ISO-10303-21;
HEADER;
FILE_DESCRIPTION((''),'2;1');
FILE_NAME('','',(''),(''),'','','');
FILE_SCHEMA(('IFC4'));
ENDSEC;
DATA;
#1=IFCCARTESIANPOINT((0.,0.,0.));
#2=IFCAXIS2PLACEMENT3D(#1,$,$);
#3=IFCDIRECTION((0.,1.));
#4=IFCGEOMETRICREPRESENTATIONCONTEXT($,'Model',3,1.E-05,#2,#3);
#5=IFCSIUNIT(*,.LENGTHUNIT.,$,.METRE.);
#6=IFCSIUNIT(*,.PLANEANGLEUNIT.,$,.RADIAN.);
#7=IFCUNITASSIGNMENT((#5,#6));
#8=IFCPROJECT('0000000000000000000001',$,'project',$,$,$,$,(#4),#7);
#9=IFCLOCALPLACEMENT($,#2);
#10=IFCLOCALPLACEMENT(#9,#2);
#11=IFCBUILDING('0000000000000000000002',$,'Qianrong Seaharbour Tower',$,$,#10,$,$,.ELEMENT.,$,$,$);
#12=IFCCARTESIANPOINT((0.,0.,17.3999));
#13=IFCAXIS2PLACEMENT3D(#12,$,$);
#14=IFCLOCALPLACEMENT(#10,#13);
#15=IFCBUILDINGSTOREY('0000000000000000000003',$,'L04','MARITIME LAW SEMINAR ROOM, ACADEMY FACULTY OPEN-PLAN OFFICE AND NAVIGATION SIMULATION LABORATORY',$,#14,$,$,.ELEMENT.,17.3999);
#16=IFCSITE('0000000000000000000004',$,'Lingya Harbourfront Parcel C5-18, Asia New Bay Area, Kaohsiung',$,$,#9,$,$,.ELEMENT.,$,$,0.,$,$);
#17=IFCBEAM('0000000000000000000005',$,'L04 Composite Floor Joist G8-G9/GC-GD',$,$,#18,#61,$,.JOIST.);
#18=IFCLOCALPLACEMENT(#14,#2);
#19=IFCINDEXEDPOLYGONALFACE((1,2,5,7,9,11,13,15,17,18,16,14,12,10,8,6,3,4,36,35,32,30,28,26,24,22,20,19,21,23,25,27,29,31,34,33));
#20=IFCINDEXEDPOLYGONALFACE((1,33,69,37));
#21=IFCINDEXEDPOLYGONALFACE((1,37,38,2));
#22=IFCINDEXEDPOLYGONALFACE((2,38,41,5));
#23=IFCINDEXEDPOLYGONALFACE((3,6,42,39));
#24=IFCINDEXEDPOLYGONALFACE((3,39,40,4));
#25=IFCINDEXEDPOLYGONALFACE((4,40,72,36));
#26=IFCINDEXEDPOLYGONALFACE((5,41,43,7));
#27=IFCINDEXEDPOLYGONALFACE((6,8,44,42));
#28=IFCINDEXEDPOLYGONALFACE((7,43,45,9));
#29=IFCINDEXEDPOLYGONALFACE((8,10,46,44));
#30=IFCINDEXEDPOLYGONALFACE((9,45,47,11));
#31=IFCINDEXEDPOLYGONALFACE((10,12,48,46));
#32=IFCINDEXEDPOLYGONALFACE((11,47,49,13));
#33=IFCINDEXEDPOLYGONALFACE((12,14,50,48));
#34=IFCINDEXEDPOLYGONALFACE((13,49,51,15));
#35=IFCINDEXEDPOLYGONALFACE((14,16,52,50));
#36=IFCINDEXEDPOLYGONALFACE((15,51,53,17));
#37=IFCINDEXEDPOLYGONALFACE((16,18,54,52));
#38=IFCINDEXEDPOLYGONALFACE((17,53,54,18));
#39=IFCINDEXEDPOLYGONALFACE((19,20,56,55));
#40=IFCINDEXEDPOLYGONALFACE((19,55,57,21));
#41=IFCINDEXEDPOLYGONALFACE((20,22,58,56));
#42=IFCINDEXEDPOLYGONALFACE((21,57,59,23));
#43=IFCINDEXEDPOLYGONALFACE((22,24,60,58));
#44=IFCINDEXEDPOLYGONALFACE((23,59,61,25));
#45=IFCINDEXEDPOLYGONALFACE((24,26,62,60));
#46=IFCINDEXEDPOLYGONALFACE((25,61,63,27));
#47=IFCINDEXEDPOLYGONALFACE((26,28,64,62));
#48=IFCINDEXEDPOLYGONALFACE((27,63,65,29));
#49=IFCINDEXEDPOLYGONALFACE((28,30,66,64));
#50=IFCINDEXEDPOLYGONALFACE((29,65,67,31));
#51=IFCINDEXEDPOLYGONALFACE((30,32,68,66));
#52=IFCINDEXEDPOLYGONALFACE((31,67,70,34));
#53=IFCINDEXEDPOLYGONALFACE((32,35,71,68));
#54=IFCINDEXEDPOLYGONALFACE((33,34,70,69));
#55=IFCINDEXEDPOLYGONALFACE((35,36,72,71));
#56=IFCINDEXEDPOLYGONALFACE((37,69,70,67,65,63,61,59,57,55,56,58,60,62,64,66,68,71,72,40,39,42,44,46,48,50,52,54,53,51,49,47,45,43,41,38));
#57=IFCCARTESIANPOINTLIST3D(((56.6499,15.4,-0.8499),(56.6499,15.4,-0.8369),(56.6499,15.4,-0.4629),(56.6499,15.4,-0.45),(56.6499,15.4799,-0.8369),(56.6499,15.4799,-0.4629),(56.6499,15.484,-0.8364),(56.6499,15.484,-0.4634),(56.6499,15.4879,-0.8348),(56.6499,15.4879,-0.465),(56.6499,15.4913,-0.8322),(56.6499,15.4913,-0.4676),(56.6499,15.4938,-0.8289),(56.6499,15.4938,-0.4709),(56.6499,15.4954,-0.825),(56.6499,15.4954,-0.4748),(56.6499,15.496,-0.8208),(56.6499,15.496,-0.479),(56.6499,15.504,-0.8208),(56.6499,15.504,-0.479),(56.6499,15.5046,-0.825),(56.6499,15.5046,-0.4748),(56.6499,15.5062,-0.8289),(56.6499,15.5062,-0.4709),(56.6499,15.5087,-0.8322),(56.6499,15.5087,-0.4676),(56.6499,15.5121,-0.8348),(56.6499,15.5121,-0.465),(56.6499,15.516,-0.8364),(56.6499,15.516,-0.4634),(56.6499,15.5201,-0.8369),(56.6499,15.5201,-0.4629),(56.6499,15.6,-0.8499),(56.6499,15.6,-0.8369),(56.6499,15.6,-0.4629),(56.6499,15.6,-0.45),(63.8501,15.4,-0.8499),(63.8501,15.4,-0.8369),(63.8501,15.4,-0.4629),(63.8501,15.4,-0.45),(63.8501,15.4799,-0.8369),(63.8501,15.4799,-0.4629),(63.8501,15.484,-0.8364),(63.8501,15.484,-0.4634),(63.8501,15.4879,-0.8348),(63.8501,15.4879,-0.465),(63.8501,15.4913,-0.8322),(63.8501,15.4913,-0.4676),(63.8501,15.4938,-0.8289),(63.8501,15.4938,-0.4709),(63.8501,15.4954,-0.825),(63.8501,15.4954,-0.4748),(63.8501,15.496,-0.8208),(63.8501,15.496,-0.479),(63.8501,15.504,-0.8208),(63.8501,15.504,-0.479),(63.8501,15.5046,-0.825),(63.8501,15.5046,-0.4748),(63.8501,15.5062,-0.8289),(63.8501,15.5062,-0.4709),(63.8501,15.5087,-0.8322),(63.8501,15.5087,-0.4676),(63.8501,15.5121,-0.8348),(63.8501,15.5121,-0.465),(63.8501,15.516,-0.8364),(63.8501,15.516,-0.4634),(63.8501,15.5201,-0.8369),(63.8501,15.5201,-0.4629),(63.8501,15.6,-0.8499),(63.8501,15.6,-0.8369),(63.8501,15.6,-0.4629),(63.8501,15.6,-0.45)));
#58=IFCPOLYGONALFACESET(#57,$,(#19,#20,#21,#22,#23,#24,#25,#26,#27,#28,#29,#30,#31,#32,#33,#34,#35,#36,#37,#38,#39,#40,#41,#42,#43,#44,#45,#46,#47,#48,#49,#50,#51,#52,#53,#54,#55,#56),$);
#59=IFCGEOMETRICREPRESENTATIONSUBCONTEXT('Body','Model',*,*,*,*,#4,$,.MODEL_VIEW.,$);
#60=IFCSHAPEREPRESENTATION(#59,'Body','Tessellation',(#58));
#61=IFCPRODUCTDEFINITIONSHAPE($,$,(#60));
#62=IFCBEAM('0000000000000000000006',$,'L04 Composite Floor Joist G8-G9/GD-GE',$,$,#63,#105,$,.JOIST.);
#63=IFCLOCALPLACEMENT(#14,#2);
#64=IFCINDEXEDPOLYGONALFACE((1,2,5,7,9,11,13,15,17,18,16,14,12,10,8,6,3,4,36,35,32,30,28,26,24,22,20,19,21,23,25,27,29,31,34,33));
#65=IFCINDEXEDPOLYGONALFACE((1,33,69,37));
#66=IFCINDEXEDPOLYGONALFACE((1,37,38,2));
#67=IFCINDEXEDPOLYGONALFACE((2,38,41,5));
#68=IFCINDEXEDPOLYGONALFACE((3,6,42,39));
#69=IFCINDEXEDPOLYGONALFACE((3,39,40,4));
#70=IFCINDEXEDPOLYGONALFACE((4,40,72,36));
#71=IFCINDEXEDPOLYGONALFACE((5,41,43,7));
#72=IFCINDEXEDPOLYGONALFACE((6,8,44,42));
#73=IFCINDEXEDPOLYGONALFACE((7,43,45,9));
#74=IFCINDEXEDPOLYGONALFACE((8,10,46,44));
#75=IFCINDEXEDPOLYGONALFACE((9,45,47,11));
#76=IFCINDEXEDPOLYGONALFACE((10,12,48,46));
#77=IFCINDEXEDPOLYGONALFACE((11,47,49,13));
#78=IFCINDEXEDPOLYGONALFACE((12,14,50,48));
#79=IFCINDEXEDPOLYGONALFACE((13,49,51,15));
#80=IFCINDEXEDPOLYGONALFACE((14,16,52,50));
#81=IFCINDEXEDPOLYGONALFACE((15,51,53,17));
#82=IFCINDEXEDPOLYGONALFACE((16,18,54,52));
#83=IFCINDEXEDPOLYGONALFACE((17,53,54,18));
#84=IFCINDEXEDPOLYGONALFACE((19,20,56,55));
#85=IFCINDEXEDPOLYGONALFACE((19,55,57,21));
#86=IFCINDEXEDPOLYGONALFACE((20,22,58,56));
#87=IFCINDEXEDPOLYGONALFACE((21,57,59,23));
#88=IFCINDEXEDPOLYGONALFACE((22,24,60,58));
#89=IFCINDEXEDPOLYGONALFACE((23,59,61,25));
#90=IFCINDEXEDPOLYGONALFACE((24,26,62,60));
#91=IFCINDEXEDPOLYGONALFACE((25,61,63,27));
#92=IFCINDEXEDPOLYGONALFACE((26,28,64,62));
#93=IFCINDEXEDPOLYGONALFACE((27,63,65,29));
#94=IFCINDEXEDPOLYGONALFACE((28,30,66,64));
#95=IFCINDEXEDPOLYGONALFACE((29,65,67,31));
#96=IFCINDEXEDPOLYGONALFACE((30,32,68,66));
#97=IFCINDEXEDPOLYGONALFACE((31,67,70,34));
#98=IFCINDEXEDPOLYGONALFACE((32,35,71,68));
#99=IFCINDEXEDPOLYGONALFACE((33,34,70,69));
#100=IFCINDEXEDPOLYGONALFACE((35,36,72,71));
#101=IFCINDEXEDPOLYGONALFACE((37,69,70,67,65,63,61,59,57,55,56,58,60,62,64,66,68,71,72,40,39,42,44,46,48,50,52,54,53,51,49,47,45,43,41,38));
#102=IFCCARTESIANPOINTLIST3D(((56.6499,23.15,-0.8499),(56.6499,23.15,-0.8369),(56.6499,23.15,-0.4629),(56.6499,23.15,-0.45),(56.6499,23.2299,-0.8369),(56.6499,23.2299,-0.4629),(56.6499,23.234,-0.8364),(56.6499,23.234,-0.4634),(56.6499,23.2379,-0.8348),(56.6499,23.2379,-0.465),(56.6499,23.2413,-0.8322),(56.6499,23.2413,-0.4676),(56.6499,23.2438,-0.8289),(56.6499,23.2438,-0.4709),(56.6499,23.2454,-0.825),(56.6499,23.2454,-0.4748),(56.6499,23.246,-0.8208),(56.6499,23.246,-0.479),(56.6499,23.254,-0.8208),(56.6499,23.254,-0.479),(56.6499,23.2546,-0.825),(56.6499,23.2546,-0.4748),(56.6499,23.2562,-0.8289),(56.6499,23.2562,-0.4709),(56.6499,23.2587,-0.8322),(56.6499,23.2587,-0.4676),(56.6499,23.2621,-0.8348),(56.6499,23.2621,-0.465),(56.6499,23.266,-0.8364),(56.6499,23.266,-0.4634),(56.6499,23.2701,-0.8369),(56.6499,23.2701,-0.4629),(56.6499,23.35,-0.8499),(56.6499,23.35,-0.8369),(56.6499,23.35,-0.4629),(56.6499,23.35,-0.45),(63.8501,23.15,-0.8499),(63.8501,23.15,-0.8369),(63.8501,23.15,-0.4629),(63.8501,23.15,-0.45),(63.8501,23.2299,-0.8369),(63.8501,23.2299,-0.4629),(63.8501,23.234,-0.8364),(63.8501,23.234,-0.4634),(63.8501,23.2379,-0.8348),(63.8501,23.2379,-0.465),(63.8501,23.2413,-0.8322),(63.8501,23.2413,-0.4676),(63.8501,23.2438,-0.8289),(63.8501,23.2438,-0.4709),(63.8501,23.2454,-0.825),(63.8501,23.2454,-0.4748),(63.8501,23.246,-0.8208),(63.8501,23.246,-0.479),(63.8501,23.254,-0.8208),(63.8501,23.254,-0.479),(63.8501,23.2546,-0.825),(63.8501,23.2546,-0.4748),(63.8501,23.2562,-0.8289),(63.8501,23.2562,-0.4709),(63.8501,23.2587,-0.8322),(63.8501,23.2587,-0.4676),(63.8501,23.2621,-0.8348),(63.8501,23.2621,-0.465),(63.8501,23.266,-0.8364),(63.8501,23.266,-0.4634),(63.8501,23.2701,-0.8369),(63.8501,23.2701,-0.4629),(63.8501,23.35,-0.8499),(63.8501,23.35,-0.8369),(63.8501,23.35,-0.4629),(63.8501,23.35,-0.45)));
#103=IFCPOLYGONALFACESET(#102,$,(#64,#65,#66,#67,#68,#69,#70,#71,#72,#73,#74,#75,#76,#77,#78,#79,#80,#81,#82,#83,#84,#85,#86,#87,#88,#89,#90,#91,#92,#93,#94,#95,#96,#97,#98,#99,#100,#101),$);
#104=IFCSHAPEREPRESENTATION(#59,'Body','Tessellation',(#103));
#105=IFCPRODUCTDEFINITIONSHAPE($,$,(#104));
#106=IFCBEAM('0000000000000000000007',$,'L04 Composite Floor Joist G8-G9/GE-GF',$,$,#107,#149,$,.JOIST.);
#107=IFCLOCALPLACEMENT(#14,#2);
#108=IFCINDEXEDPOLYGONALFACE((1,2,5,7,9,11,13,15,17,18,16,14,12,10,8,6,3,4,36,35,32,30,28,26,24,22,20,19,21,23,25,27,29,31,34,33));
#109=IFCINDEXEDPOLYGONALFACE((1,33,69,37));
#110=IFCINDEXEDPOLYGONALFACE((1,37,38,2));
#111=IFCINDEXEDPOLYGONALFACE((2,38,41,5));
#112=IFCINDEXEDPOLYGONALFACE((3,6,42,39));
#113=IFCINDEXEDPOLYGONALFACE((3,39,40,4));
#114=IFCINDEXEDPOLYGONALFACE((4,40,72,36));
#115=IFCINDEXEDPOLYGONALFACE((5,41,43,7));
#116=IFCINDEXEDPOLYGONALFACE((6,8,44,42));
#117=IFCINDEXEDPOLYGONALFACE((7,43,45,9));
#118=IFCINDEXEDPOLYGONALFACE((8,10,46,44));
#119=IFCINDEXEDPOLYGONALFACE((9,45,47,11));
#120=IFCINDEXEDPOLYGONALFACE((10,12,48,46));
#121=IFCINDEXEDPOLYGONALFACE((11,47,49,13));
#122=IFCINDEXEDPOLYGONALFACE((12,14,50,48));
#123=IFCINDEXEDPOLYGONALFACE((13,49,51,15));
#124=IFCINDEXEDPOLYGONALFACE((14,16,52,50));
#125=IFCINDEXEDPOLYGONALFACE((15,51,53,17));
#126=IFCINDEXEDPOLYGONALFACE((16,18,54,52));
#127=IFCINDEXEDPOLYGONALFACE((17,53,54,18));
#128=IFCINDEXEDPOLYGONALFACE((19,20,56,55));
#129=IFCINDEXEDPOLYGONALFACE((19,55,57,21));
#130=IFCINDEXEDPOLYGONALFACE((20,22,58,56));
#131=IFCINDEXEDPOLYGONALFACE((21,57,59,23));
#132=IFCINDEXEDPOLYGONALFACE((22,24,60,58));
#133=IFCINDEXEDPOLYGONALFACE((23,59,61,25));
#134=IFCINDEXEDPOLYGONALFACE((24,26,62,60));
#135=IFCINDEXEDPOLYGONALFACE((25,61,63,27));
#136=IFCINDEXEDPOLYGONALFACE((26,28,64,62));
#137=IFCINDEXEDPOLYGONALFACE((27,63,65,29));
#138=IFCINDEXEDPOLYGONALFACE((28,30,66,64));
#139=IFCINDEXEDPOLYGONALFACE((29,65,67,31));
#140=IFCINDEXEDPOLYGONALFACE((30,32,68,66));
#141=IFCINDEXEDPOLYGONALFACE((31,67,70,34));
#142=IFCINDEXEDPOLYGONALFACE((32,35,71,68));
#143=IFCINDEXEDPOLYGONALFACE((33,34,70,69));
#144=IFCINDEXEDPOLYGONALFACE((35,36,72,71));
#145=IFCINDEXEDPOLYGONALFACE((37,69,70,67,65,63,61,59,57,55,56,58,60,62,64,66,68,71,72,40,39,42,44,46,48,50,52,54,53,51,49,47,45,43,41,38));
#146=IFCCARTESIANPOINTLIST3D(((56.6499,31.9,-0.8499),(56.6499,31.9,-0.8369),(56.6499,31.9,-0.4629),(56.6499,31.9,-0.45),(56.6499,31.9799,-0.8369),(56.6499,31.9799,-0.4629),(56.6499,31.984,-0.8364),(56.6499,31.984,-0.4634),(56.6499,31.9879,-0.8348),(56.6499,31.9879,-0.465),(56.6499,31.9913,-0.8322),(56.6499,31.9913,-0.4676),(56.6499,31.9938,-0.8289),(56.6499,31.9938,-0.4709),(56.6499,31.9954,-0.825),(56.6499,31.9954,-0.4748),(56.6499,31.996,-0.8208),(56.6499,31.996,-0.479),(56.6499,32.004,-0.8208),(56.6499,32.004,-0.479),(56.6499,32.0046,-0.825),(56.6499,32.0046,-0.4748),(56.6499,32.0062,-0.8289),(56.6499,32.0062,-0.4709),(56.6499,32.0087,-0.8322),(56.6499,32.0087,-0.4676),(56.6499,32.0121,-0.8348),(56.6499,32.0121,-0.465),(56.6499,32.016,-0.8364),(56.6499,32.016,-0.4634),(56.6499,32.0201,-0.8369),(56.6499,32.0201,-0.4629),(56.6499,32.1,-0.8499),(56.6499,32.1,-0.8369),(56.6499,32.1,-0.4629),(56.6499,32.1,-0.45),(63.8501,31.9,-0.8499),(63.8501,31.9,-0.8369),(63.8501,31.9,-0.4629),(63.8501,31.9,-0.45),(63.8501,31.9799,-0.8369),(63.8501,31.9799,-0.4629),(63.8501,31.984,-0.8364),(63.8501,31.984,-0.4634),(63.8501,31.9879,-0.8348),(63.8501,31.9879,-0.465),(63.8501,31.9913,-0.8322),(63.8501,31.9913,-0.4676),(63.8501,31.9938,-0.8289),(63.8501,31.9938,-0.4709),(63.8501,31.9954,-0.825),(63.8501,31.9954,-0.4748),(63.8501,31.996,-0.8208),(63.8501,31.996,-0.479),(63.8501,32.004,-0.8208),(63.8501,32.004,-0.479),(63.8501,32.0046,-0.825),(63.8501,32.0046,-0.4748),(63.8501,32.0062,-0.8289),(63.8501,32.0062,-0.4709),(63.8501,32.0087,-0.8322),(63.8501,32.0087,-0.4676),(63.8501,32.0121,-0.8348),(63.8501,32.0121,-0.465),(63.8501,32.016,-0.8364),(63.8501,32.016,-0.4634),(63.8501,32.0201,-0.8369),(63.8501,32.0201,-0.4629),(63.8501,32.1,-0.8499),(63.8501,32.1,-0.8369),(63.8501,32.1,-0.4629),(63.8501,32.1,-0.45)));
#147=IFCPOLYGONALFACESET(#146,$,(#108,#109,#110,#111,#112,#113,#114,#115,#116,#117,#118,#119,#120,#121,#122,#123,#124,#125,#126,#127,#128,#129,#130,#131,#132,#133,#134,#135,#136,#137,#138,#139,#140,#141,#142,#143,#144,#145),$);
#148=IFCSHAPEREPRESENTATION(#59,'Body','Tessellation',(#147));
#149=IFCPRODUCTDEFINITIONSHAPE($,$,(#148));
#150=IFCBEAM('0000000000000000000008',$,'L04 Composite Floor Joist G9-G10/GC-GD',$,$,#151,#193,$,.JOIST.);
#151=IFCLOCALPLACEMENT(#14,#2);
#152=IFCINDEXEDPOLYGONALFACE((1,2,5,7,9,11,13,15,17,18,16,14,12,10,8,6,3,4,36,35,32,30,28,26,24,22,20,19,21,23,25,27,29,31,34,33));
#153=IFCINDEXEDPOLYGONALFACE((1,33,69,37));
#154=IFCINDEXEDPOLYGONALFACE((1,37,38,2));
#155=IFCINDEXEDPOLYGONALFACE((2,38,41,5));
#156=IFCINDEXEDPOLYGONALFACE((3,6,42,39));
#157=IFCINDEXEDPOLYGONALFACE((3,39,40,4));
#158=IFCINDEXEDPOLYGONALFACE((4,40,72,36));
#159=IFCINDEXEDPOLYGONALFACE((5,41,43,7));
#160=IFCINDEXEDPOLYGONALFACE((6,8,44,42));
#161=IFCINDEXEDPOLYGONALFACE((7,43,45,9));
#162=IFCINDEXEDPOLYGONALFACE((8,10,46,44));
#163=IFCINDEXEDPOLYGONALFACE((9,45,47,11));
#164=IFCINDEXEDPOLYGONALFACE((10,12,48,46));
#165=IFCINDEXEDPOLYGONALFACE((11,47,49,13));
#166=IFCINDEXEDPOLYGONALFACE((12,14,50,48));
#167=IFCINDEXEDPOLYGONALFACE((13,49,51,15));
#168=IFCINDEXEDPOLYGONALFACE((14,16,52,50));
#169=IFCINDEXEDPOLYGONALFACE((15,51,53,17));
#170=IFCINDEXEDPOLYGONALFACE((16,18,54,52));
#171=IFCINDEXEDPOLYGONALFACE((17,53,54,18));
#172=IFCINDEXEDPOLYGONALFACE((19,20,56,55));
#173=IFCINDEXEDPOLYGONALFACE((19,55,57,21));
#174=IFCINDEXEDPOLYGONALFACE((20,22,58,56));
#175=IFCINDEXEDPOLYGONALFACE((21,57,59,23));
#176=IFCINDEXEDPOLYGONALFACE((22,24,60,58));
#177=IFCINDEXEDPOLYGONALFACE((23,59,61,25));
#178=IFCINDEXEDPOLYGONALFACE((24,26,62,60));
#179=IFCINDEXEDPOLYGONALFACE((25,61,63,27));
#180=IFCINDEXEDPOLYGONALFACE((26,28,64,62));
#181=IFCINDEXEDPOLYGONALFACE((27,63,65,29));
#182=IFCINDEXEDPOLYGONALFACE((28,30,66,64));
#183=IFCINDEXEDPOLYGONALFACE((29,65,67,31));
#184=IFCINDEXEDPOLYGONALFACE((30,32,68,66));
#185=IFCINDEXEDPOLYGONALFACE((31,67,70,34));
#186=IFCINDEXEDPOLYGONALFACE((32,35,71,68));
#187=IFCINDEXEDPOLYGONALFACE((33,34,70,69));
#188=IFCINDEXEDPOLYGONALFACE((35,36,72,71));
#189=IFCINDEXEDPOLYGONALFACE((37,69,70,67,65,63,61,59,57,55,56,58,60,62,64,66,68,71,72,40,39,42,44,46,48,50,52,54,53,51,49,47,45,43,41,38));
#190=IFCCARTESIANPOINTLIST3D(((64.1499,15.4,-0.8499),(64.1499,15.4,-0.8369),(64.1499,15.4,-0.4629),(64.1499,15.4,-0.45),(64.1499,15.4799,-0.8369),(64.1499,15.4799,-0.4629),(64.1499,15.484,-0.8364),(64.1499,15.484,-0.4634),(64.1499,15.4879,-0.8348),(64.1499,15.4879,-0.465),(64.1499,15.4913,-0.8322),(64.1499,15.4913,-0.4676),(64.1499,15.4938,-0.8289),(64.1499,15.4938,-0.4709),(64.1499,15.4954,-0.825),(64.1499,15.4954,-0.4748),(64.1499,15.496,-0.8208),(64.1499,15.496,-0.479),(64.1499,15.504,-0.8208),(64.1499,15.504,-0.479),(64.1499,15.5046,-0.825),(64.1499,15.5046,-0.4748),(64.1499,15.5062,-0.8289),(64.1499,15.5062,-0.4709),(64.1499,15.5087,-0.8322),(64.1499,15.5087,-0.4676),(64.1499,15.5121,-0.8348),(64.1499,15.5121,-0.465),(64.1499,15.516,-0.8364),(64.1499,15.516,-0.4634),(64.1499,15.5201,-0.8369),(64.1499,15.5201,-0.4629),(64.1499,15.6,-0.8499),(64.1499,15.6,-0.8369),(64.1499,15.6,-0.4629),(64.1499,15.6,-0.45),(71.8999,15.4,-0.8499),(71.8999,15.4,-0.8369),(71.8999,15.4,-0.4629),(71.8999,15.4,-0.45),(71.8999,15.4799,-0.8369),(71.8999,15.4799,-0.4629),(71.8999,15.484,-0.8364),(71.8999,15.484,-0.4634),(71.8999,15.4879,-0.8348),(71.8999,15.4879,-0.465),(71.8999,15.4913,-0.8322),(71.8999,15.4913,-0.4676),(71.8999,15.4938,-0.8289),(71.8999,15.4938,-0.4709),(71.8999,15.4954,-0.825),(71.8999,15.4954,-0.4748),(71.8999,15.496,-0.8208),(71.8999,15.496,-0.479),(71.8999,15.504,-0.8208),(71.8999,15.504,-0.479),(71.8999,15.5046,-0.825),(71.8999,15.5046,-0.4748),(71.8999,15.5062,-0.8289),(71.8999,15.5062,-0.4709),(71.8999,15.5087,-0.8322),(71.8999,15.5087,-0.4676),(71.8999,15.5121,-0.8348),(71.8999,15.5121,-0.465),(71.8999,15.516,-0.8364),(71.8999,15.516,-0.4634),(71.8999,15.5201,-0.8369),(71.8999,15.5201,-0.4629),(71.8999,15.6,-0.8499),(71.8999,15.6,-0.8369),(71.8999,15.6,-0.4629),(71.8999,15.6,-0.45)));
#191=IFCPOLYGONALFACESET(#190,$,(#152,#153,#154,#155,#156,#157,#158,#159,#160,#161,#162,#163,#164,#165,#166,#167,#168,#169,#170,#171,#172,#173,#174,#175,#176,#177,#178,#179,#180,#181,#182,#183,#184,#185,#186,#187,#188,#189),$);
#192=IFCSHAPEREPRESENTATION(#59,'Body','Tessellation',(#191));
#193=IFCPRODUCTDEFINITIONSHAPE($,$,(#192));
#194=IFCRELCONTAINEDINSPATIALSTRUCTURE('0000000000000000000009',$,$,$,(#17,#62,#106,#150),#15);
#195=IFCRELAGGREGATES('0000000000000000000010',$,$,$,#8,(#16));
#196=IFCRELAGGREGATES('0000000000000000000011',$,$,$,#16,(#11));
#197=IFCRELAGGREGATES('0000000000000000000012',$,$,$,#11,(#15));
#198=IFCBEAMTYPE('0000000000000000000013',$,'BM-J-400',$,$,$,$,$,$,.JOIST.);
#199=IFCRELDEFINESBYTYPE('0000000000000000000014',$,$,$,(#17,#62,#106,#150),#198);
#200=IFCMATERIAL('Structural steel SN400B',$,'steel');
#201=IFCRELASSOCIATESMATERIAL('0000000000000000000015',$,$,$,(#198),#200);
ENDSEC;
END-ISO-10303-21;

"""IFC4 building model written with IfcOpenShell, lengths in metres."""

from ifc_helpers import new_model, si_unit, direction, frame, origin, origin_2d, place, context, subcontext, project, spatial, i_section, extrude, material, material_profile, profile_set, type_object, element, save


model = new_model("IFC4")

# Units and contexts
model_context = context("Model", 3, precision=1e-05, world=origin(), true_north=direction((0.0, 1.0)))
body_context = subcontext(model_context, "Body", "Model", "MODEL_VIEW")
ifc_project = project(units=[si_unit("LENGTHUNIT", "METRE"), si_unit("PLANEANGLEUNIT", "RADIAN")], contexts=[model_context])

# Site, building, storey
site_placement = place(None, origin())
site = spatial("IfcSite", under=ifc_project, at=site_placement, Name="Lingya Harbourfront Parcel C5-18, Asia New Bay Area, Kaohsiung", CompositionType="ELEMENT", RefElevation=0.0)
building_placement = place(site_placement, origin())
building = spatial("IfcBuilding", under=site, at=building_placement, Name="Qianrong Seaharbour Tower", CompositionType="ELEMENT")
storey_placement = place(building_placement, frame((0.0, 0.0, 17.3999)))
storey = spatial("IfcBuildingStorey", under=building, at=storey_placement, Name="L04", Description="MARITIME LAW SEMINAR ROOM, ACADEMY FACULTY OPEN-PLAN OFFICE AND NAVIGATION SIMULATION LABORATORY", CompositionType="ELEMENT", Elevation=17.3999)

# Beams
ifc_material_1 = material(Name="Structural steel SN400B", Category="steel")
ifc_material_profile_1 = material_profile(ifc_material_1, i_section(OverallWidth=0.2, OverallDepth=0.3999, WebThickness=0.0081, FlangeThickness=0.0129, FilletRadius=0.0161, at=origin_2d()), Name="H400x200x8x13")
ifc_profile_set_1 = profile_set([ifc_material_profile_1], Name="Structural steel SN400B")
beam_type_1 = type_object("IfcBeamType", Name="BM-J-400", PredefinedType="JOIST", material=ifc_profile_set_1)
for number, where, z_axis, x_axis, name in (
    (1, (56.6499, 15.5, -0.6499), (1.0, 0.0, 0.0), (0.0, 1.0, 0.0), "L04 Composite Floor Joist G8-G9/GC-GD"),
    (2, (56.6499, 23.25, -0.6499), (1.0, 0.0, 0.0), (0.0, 1.0, 0.0), "L04 Composite Floor Joist G8-G9/GD-GE"),
    (3, (56.6499, 32.0, -0.6499), (1.0, 0.0, 0.0), (0.0, 1.0, 0.0), "L04 Composite Floor Joist G8-G9/GE-GF"),
):
    element("IfcBeam", number, at=place(storey_placement, frame(where, z_axis=z_axis, x_axis=x_axis)), inside=storey, type_object=beam_type_1, Name=name, PredefinedType="JOIST", context=body_context, shape_type="SweptSolid", body=[
        extrude(i_section(OverallWidth=0.2, OverallDepth=0.3999, WebThickness=0.0081, FlangeThickness=0.0129, FilletRadius=0.0161, at=origin_2d()), origin(), (0.0, 0.0, 1.0), 7.2002),
    ])
for number, where, z_axis, x_axis, name in (
    (4, (64.1499, 15.5, -0.6499), (1.0, 0.0, 0.0), (0.0, 1.0, 0.0), "L04 Composite Floor Joist G9-G10/GC-GD"),
):
    element("IfcBeam", number, at=place(storey_placement, frame(where, z_axis=z_axis, x_axis=x_axis)), inside=storey, type_object=beam_type_1, Name=name, PredefinedType="JOIST", context=body_context, shape_type="SweptSolid", body=[
        extrude(i_section(OverallWidth=0.2, OverallDepth=0.3999, WebThickness=0.0081, FlangeThickness=0.0129, FilletRadius=0.0161, at=origin_2d()), origin(), (0.0, 0.0, 1.0), 7.75),
    ])

save(model, "model.ifc")
